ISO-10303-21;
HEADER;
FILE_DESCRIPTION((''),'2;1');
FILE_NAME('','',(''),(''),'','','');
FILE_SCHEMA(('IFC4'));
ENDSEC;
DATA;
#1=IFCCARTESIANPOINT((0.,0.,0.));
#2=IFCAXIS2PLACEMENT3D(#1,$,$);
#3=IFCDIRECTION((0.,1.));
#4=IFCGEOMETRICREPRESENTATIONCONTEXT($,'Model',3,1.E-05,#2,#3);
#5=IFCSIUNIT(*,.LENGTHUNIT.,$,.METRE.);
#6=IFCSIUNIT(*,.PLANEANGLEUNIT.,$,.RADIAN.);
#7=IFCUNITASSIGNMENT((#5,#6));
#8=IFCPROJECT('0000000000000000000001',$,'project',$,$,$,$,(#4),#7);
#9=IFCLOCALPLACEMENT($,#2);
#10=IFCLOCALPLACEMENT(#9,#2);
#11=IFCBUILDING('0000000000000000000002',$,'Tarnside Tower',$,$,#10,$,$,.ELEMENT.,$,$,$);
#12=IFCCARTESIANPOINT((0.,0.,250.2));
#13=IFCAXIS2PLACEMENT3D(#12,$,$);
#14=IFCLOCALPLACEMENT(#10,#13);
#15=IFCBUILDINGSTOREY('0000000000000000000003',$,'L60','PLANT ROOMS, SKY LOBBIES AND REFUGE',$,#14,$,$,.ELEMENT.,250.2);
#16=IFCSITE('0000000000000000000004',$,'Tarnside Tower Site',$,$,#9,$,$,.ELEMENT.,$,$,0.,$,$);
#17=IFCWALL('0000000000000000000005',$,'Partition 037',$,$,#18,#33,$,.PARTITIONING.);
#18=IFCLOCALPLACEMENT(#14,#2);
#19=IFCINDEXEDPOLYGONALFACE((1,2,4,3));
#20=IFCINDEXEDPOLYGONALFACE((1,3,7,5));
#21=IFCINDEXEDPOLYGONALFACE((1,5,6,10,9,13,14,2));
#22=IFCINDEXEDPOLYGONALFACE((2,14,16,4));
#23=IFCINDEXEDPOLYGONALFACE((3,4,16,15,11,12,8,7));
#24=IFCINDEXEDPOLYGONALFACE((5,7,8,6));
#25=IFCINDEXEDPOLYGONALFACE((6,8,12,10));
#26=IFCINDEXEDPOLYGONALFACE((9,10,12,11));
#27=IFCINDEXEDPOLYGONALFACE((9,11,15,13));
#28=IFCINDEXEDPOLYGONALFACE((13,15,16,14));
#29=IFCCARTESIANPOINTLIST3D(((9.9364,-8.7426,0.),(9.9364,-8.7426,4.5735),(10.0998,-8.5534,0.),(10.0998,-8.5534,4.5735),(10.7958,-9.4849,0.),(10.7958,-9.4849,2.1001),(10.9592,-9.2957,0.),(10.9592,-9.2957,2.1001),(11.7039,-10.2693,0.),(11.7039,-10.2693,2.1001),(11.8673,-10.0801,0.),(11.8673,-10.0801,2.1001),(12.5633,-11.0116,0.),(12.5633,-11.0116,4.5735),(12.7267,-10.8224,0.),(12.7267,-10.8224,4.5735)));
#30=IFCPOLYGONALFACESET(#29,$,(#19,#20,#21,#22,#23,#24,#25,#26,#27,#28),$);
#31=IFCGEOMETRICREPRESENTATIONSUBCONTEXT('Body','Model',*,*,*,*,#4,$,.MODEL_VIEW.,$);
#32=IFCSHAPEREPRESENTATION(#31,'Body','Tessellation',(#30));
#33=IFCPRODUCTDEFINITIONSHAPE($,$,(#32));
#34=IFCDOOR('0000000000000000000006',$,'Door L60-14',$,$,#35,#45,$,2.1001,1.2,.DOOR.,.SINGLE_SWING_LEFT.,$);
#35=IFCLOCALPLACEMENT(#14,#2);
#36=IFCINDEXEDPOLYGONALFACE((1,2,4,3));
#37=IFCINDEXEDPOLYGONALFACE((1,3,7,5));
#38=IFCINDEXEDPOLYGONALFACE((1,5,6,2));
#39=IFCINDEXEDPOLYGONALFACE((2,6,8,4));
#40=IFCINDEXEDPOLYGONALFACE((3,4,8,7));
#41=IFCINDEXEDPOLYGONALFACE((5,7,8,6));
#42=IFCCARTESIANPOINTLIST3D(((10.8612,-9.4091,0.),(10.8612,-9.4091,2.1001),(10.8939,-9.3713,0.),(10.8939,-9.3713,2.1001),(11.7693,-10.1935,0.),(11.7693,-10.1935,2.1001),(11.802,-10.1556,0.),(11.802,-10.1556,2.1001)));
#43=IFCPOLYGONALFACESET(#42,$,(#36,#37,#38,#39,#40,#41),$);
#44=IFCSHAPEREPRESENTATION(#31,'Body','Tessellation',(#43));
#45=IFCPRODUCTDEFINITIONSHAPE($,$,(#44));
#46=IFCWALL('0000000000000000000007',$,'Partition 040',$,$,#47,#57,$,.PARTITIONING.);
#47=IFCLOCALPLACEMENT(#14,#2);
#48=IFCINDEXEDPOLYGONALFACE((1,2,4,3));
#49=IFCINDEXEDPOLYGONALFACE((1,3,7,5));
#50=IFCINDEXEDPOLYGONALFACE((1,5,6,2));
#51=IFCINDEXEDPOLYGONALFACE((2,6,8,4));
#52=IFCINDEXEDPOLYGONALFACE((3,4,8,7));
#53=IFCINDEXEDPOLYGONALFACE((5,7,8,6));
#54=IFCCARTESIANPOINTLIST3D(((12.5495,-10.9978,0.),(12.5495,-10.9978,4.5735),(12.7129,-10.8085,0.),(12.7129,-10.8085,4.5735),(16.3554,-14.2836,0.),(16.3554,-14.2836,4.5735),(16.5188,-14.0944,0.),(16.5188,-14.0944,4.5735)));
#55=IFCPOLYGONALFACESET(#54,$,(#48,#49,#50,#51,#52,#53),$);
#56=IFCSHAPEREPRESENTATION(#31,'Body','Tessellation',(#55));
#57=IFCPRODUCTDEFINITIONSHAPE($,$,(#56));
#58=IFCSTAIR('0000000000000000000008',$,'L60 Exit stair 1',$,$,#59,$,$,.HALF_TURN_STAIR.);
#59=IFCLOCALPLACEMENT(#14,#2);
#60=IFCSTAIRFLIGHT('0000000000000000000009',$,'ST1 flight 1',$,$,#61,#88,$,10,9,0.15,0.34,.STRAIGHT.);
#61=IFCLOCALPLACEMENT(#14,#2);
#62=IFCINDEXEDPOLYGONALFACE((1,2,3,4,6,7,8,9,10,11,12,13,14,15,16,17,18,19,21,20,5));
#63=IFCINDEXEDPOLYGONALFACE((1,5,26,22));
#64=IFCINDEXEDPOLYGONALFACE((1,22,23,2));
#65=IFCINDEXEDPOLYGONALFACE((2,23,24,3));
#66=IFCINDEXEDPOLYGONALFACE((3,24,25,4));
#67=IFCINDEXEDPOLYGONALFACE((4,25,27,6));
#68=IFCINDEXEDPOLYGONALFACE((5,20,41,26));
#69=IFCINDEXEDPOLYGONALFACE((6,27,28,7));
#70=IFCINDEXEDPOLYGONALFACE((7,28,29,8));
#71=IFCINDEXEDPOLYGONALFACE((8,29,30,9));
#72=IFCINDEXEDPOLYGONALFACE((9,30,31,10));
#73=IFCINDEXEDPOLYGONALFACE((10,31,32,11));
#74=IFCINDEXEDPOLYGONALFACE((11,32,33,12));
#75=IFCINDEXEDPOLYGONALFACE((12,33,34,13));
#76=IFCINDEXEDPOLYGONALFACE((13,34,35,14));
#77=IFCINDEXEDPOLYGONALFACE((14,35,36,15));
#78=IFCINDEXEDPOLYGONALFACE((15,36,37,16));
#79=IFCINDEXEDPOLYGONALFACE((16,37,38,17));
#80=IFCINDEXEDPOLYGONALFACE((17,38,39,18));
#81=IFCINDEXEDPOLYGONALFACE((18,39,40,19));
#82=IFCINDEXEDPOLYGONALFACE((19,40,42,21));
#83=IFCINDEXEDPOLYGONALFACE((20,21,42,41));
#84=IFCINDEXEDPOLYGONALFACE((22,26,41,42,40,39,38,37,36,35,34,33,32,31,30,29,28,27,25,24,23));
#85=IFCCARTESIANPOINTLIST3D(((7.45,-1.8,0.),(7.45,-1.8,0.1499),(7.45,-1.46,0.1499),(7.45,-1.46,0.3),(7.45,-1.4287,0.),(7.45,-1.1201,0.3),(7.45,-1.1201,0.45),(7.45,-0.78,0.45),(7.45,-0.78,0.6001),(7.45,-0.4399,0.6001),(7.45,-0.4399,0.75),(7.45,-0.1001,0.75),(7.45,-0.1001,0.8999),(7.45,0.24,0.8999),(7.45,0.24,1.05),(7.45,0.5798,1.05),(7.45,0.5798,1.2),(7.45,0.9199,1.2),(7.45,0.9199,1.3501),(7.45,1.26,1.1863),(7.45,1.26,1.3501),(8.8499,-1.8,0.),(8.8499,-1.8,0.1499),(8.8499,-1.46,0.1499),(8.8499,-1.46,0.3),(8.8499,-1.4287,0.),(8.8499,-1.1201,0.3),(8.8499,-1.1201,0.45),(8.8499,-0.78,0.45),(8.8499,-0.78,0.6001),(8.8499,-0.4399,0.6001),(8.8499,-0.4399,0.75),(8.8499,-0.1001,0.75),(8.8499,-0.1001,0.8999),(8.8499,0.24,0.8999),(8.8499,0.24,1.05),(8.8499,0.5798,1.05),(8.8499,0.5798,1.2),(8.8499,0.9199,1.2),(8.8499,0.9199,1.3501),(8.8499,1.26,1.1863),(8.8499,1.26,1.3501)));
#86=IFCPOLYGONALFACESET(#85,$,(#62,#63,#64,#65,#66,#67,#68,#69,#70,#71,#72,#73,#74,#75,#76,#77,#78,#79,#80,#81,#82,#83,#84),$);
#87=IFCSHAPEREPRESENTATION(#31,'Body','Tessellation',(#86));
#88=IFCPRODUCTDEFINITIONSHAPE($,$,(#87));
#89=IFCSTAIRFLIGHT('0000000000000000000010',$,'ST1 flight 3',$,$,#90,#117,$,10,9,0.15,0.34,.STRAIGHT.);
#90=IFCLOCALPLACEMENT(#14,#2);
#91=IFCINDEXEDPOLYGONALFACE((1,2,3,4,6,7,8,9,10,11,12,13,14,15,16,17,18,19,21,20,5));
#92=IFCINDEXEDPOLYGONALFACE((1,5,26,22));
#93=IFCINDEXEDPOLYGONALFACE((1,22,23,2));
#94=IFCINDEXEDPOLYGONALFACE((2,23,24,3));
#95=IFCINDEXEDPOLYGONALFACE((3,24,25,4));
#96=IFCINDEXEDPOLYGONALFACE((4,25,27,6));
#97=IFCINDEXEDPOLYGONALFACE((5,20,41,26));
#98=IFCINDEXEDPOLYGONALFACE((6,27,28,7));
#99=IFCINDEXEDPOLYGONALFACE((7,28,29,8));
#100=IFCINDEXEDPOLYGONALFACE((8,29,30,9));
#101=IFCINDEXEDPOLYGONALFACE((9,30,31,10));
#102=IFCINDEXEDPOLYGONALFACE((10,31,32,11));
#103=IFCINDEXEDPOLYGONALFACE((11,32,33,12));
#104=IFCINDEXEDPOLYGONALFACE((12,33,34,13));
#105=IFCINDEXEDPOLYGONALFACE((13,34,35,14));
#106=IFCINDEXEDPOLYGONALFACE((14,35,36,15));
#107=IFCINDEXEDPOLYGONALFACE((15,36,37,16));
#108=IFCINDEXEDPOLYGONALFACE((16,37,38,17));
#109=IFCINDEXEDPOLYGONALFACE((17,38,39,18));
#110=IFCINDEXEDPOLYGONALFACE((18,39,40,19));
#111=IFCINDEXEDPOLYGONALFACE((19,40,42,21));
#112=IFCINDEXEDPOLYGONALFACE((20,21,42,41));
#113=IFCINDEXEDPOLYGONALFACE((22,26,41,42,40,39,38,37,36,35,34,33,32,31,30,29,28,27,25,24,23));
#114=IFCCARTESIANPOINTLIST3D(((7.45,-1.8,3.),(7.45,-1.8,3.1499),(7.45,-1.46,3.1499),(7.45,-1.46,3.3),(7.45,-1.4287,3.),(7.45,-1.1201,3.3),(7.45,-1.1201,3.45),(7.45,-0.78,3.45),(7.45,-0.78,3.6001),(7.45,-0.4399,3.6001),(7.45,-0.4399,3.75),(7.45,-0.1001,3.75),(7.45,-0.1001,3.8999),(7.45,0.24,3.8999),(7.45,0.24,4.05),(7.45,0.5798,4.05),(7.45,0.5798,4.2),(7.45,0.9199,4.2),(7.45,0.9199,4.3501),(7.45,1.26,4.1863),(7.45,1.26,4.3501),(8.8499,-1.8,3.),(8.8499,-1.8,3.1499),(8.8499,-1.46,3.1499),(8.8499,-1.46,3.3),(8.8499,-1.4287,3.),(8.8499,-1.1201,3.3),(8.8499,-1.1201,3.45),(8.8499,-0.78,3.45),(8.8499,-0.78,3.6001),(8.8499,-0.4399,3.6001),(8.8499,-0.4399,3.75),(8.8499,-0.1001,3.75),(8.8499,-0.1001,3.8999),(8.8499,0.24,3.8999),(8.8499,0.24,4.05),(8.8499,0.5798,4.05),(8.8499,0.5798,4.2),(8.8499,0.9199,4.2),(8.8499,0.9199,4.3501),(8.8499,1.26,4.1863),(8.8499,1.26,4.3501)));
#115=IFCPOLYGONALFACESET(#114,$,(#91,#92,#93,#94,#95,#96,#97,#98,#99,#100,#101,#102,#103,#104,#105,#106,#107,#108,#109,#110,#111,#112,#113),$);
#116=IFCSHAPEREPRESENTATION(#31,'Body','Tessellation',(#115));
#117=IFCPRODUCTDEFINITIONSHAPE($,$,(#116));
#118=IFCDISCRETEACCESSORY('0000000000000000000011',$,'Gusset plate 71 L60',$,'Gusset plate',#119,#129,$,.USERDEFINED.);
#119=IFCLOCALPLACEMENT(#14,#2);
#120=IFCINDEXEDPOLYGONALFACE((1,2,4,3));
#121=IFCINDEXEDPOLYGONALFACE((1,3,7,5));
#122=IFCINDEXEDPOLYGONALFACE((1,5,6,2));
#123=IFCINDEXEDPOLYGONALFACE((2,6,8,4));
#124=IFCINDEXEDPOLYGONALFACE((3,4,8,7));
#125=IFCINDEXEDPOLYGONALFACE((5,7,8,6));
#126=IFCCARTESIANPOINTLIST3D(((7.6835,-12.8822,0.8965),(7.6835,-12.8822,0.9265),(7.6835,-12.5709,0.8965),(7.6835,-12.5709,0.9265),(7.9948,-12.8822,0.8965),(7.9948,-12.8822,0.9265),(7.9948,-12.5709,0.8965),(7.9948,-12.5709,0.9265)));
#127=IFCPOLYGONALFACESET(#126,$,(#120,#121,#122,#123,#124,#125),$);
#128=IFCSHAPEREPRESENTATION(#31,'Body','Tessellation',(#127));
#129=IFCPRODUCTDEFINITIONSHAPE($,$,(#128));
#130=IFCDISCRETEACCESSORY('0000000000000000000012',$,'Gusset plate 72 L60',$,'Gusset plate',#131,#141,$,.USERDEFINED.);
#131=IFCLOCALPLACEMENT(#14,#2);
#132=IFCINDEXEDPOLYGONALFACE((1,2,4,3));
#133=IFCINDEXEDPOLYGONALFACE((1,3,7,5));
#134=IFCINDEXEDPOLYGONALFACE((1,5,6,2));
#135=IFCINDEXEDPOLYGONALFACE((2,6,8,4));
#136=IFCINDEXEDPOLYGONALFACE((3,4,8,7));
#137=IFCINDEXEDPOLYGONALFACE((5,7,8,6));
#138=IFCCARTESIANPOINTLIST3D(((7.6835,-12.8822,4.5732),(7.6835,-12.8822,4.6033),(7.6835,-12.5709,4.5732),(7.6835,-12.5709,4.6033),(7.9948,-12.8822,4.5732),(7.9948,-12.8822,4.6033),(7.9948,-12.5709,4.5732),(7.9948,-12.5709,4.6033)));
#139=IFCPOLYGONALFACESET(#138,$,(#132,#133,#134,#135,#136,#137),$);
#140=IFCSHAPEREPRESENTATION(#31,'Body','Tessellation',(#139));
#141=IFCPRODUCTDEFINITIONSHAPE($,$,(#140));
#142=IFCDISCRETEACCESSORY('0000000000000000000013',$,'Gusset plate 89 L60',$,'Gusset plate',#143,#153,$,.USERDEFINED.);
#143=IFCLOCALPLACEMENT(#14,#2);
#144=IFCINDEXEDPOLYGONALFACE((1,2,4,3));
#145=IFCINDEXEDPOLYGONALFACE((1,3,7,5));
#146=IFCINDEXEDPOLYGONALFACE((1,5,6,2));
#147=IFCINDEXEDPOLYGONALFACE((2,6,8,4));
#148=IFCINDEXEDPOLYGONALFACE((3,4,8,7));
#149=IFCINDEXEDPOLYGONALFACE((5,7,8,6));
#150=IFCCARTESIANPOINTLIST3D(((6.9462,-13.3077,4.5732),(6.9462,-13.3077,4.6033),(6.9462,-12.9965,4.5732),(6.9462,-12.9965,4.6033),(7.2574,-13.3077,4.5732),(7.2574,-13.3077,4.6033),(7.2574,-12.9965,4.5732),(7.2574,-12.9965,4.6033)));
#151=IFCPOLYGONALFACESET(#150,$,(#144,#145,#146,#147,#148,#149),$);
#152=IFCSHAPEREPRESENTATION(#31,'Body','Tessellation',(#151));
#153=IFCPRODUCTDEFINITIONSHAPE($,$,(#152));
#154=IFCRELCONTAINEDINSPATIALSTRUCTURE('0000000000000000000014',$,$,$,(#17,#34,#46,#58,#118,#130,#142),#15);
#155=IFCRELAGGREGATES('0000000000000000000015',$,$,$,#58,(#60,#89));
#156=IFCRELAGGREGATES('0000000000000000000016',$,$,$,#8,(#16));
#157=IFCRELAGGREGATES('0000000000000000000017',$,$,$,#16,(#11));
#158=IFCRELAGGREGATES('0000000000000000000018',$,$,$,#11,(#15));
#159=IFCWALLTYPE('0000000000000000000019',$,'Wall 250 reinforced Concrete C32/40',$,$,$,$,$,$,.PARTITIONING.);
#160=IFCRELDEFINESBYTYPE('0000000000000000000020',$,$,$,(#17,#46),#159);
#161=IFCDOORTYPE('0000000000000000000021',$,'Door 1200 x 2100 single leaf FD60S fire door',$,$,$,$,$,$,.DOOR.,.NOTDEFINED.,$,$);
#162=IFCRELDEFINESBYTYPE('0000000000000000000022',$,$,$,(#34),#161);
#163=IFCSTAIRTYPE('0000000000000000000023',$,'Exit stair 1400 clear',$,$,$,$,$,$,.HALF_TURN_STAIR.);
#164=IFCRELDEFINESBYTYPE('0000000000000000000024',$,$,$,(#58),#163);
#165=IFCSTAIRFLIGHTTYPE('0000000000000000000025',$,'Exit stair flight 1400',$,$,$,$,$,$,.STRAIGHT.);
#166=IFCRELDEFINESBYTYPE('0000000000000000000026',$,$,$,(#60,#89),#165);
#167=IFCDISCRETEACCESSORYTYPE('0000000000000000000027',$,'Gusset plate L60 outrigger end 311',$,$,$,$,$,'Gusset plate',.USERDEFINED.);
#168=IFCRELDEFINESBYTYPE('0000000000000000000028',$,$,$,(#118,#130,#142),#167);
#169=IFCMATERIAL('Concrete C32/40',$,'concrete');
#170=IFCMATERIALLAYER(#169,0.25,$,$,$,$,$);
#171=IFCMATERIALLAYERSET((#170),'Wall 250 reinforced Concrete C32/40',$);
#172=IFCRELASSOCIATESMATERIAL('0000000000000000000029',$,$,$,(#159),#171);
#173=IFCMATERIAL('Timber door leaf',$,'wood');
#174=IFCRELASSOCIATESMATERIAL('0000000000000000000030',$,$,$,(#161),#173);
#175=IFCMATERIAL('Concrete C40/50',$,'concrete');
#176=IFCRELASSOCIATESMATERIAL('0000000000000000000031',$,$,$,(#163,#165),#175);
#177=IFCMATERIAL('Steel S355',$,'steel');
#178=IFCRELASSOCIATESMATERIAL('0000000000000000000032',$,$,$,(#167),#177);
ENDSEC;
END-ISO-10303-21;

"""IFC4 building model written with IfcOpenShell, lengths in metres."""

from ifc_helpers import new_model, si_unit, direction, frame, frame_2d, origin, origin_2d, place, context, subcontext, project, spatial, polyline, rectangle, outline, extrude, material, layer, layer_set, type_object, element, fill, aggregate, save


model = new_model("IFC4")

# Units and contexts
model_context = context("Model", 3, precision=1e-05, world=origin(), true_north=direction((0.0, 1.0)))
body_context = subcontext(model_context, "Body", "Model", "MODEL_VIEW")
ifc_project = project(units=[si_unit("LENGTHUNIT", "METRE"), si_unit("PLANEANGLEUNIT", "RADIAN")], contexts=[model_context])

# Site, building, storey
site_placement = place(None, origin())
site = spatial("IfcSite", under=ifc_project, at=site_placement, Name="Tarnside Tower Site", CompositionType="ELEMENT", RefElevation=0.0)
building_placement = place(site_placement, origin())
building = spatial("IfcBuilding", under=site, at=building_placement, Name="Tarnside Tower", CompositionType="ELEMENT")
storey_placement = place(building_placement, frame((0.0, 0.0, 250.2)))
storey = spatial("IfcBuildingStorey", under=building, at=storey_placement, Name="L60", Description="PLANT ROOMS, SKY LOBBIES AND REFUGE", CompositionType="ELEMENT", Elevation=250.2)

# Shared definitions
ifc_material_1 = material(Name="Steel S355", Category="steel")

# Shared definitions
ifc_material_2 = material(Name="Concrete C40/50", Category="concrete")

# Shared definitions
ifc_material_3 = material(Name="Concrete C32/40", Category="concrete")

# Wall, opening, door
ifc_layer_1 = layer(ifc_material_3, 0.25)
ifc_layer_set_1 = layer_set([ifc_layer_1], Name="Wall 250 reinforced Concrete C32/40")
wall_type_1 = type_object("IfcWallType", Name="Wall 250 reinforced Concrete C32/40", PredefinedType="PARTITIONING", material=ifc_layer_set_1)
wall_1_placement = place(storey_placement, frame((12.645, -10.917, 0.0), z_axis=(0.0, 0.0, 1.0), x_axis=(-0.756779, 0.653671, 0.0)))
wall_1 = element("IfcWall", 1, at=wall_1_placement, inside=storey, type_object=wall_type_1, Name="Partition 037", PredefinedType="PARTITIONING", context=body_context, shape_type="SweptSolid", body=[
    extrude(rectangle(XDim=3.4712, YDim=0.25, at=frame_2d((1.7356, 0.0))), origin(), (0.0, 0.0, 1.0), 4.5735),
])
opening_1_placement = place(wall_1_placement, frame((1.1355, 0.0, 0.0)))
opening_1 = element("IfcOpeningElement", 2, at=opening_1_placement, cuts=wall_1, PredefinedType="OPENING", context=body_context, shape_type="SweptSolid", body=[
    extrude(rectangle(XDim=1.2, YDim=2.1001, at=frame_2d((0.6001, 1.05))), frame((0.0, 0.135, 0.0), z_axis=(0.0, -1.0, 0.0), x_axis=(1.0, 0.0, 0.0)), (0.0, 0.0, 1.0), 0.27),
])
ifc_material_4 = material(Name="Timber door leaf", Category="wood")
door_type_1 = type_object("IfcDoorType", Name="Door 1200 x 2100 single leaf FD60S fire door", OperationType="NOTDEFINED", PredefinedType="DOOR", material=ifc_material_4)
door_1_placement = place(opening_1_placement, origin())
door_1 = element("IfcDoor", 3, at=door_1_placement, inside=storey, type_object=door_type_1, Name="Door L60-14", OperationType="SINGLE_SWING_LEFT", OverallHeight=2.1001, OverallWidth=1.2, PredefinedType="DOOR", context=body_context, shape_type="SweptSolid", body=[
    extrude(rectangle(XDim=1.2, YDim=2.1001, at=frame_2d((0.6001, 1.05))), frame((0.0, 0.0249, 0.0), z_axis=(0.0, -1.0, 0.0), x_axis=(1.0, 0.0, 0.0)), (0.0, 0.0, 1.0), 0.05),
])
fill(opening_1, door_1)

# Wall
wall_2_placement = place(storey_placement, frame((12.6311, -10.9031, 0.0), z_axis=(0.0, 0.0, 1.0), x_axis=(0.756925, -0.653502, 0.0)))
element("IfcWall", 4, at=wall_2_placement, inside=storey, type_object=wall_type_1, Name="Partition 040", PredefinedType="PARTITIONING", context=body_context, shape_type="SweptSolid", body=[
    extrude(rectangle(XDim=5.0281, YDim=0.25, at=frame_2d((2.5142, 0.0))), origin(), (0.0, 0.0, 1.0), 4.5735),
])

# Stair, stair flights
stair_type = type_object("IfcStairType", Name="Exit stair 1400 clear", PredefinedType="HALF_TURN_STAIR", material=ifc_material_2)
stair_placement = place(storey_placement, origin())
stair = element("IfcStair", 5, at=stair_placement, inside=storey, type_object=stair_type, Name="L60 Exit stair 1", PredefinedType="HALF_TURN_STAIR")
stair_flight_type = type_object("IfcStairFlightType", Name="Exit stair flight 1400", PredefinedType="STRAIGHT", material=ifc_material_2)
stair_flight_1_placement = place(storey_placement, frame((8.1499, -1.8, 0.0), z_axis=(0.0, 0.0, 1.0), x_axis=(0.0, 1.0, 0.0)))
stair_flight_1 = element("IfcStairFlight", 6, at=stair_flight_1_placement, type_object=stair_flight_type, Name="ST1 flight 1", NumberOfRisers=10, NumberOfTreads=9, PredefinedType="STRAIGHT", RiserHeight=0.15, TreadLength=0.34, context=body_context, shape_type="SweptSolid", body=[
    extrude(outline(polyline([(0.0, 0.0), (0.0, 0.1499), (0.3401, 0.1499), (0.3401, 0.3), (0.6799, 0.3), (0.6799, 0.45), (1.02, 0.45), (1.02, 0.6001), (1.3601, 0.6001), (1.3601, 0.75), (1.7, 0.75), (1.7, 0.8999), (2.04, 0.8999), (2.04, 1.05), (2.3799, 1.05), (2.3799, 1.2), (2.72, 1.2), (2.72, 1.3501), (3.0601, 1.3501), (3.0601, 1.5), (3.0601, 1.1863), (0.3713, 0.0), (0.0, 0.0)])), frame((0.0, 0.7, 0.0), z_axis=(0.0, -1.0, 0.0), x_axis=(1.0, 0.0, 0.0)), (0.0, 0.0, 1.0), 1.3999),
])
stair_flight_2_placement = place(storey_placement, frame((8.1499, -1.8, 3.0), z_axis=(0.0, 0.0, 1.0), x_axis=(0.0, 1.0, 0.0)))
stair_flight_2 = element("IfcStairFlight", 7, at=stair_flight_2_placement, type_object=stair_flight_type, Name="ST1 flight 3", NumberOfRisers=10, NumberOfTreads=9, PredefinedType="STRAIGHT", RiserHeight=0.15, TreadLength=0.34, context=body_context, shape_type="SweptSolid", body=[
    extrude(outline(polyline([(0.0, 0.0), (0.0, 0.1499), (0.3401, 0.1499), (0.3401, 0.3), (0.6799, 0.3), (0.6799, 0.45), (1.02, 0.45), (1.02, 0.6001), (1.3601, 0.6001), (1.3601, 0.75), (1.7, 0.75), (1.7, 0.8999), (2.04, 0.8999), (2.04, 1.05), (2.3799, 1.05), (2.3799, 1.2), (2.72, 1.2), (2.72, 1.3501), (3.0601, 1.3501), (3.0601, 1.5), (3.0601, 1.1863), (0.3713, 0.0), (0.0, 0.0)])), frame((0.0, 0.7, 0.0), z_axis=(0.0, -1.0, 0.0), x_axis=(1.0, 0.0, 0.0)), (0.0, 0.0, 1.0), 1.3999),
])
aggregate(stair, [stair_flight_1, stair_flight_2])

# Discrete accessories
discrete_accessory_type = type_object("IfcDiscreteAccessoryType", Name="Gusset plate L60 outrigger end 311", ElementType="Gusset plate", PredefinedType="USERDEFINED", material=ifc_material_1)
for number, where, z_axis, x_axis, name in (
    (8, (7.8391, -12.7266, 0.8965), (0.0, 0.0, 1.0), (1.0, 0.0, 0.0), "Gusset plate 71 L60"),
    (9, (7.8391, -12.7266, 4.5732), (0.0, 0.0, 1.0), (1.0, 0.0, 0.0), "Gusset plate 72 L60"),
    (10, (7.1018, -13.1521, 4.5732), (0.0, 0.0, 1.0), (1.0, 0.0, 0.0), "Gusset plate 89 L60"),
):
    element("IfcDiscreteAccessory", number, at=place(storey_placement, frame(where, z_axis=z_axis, x_axis=x_axis)), inside=storey, type_object=discrete_accessory_type, Name=name, ObjectType="Gusset plate", PredefinedType="USERDEFINED", context=body_context, shape_type="SweptSolid", body=[
        extrude(rectangle(XDim=0.3113, YDim=0.3113, at=origin_2d()), origin(), (0.0, 0.0, 1.0), 0.03),
    ])

save(model, "model.ifc")
